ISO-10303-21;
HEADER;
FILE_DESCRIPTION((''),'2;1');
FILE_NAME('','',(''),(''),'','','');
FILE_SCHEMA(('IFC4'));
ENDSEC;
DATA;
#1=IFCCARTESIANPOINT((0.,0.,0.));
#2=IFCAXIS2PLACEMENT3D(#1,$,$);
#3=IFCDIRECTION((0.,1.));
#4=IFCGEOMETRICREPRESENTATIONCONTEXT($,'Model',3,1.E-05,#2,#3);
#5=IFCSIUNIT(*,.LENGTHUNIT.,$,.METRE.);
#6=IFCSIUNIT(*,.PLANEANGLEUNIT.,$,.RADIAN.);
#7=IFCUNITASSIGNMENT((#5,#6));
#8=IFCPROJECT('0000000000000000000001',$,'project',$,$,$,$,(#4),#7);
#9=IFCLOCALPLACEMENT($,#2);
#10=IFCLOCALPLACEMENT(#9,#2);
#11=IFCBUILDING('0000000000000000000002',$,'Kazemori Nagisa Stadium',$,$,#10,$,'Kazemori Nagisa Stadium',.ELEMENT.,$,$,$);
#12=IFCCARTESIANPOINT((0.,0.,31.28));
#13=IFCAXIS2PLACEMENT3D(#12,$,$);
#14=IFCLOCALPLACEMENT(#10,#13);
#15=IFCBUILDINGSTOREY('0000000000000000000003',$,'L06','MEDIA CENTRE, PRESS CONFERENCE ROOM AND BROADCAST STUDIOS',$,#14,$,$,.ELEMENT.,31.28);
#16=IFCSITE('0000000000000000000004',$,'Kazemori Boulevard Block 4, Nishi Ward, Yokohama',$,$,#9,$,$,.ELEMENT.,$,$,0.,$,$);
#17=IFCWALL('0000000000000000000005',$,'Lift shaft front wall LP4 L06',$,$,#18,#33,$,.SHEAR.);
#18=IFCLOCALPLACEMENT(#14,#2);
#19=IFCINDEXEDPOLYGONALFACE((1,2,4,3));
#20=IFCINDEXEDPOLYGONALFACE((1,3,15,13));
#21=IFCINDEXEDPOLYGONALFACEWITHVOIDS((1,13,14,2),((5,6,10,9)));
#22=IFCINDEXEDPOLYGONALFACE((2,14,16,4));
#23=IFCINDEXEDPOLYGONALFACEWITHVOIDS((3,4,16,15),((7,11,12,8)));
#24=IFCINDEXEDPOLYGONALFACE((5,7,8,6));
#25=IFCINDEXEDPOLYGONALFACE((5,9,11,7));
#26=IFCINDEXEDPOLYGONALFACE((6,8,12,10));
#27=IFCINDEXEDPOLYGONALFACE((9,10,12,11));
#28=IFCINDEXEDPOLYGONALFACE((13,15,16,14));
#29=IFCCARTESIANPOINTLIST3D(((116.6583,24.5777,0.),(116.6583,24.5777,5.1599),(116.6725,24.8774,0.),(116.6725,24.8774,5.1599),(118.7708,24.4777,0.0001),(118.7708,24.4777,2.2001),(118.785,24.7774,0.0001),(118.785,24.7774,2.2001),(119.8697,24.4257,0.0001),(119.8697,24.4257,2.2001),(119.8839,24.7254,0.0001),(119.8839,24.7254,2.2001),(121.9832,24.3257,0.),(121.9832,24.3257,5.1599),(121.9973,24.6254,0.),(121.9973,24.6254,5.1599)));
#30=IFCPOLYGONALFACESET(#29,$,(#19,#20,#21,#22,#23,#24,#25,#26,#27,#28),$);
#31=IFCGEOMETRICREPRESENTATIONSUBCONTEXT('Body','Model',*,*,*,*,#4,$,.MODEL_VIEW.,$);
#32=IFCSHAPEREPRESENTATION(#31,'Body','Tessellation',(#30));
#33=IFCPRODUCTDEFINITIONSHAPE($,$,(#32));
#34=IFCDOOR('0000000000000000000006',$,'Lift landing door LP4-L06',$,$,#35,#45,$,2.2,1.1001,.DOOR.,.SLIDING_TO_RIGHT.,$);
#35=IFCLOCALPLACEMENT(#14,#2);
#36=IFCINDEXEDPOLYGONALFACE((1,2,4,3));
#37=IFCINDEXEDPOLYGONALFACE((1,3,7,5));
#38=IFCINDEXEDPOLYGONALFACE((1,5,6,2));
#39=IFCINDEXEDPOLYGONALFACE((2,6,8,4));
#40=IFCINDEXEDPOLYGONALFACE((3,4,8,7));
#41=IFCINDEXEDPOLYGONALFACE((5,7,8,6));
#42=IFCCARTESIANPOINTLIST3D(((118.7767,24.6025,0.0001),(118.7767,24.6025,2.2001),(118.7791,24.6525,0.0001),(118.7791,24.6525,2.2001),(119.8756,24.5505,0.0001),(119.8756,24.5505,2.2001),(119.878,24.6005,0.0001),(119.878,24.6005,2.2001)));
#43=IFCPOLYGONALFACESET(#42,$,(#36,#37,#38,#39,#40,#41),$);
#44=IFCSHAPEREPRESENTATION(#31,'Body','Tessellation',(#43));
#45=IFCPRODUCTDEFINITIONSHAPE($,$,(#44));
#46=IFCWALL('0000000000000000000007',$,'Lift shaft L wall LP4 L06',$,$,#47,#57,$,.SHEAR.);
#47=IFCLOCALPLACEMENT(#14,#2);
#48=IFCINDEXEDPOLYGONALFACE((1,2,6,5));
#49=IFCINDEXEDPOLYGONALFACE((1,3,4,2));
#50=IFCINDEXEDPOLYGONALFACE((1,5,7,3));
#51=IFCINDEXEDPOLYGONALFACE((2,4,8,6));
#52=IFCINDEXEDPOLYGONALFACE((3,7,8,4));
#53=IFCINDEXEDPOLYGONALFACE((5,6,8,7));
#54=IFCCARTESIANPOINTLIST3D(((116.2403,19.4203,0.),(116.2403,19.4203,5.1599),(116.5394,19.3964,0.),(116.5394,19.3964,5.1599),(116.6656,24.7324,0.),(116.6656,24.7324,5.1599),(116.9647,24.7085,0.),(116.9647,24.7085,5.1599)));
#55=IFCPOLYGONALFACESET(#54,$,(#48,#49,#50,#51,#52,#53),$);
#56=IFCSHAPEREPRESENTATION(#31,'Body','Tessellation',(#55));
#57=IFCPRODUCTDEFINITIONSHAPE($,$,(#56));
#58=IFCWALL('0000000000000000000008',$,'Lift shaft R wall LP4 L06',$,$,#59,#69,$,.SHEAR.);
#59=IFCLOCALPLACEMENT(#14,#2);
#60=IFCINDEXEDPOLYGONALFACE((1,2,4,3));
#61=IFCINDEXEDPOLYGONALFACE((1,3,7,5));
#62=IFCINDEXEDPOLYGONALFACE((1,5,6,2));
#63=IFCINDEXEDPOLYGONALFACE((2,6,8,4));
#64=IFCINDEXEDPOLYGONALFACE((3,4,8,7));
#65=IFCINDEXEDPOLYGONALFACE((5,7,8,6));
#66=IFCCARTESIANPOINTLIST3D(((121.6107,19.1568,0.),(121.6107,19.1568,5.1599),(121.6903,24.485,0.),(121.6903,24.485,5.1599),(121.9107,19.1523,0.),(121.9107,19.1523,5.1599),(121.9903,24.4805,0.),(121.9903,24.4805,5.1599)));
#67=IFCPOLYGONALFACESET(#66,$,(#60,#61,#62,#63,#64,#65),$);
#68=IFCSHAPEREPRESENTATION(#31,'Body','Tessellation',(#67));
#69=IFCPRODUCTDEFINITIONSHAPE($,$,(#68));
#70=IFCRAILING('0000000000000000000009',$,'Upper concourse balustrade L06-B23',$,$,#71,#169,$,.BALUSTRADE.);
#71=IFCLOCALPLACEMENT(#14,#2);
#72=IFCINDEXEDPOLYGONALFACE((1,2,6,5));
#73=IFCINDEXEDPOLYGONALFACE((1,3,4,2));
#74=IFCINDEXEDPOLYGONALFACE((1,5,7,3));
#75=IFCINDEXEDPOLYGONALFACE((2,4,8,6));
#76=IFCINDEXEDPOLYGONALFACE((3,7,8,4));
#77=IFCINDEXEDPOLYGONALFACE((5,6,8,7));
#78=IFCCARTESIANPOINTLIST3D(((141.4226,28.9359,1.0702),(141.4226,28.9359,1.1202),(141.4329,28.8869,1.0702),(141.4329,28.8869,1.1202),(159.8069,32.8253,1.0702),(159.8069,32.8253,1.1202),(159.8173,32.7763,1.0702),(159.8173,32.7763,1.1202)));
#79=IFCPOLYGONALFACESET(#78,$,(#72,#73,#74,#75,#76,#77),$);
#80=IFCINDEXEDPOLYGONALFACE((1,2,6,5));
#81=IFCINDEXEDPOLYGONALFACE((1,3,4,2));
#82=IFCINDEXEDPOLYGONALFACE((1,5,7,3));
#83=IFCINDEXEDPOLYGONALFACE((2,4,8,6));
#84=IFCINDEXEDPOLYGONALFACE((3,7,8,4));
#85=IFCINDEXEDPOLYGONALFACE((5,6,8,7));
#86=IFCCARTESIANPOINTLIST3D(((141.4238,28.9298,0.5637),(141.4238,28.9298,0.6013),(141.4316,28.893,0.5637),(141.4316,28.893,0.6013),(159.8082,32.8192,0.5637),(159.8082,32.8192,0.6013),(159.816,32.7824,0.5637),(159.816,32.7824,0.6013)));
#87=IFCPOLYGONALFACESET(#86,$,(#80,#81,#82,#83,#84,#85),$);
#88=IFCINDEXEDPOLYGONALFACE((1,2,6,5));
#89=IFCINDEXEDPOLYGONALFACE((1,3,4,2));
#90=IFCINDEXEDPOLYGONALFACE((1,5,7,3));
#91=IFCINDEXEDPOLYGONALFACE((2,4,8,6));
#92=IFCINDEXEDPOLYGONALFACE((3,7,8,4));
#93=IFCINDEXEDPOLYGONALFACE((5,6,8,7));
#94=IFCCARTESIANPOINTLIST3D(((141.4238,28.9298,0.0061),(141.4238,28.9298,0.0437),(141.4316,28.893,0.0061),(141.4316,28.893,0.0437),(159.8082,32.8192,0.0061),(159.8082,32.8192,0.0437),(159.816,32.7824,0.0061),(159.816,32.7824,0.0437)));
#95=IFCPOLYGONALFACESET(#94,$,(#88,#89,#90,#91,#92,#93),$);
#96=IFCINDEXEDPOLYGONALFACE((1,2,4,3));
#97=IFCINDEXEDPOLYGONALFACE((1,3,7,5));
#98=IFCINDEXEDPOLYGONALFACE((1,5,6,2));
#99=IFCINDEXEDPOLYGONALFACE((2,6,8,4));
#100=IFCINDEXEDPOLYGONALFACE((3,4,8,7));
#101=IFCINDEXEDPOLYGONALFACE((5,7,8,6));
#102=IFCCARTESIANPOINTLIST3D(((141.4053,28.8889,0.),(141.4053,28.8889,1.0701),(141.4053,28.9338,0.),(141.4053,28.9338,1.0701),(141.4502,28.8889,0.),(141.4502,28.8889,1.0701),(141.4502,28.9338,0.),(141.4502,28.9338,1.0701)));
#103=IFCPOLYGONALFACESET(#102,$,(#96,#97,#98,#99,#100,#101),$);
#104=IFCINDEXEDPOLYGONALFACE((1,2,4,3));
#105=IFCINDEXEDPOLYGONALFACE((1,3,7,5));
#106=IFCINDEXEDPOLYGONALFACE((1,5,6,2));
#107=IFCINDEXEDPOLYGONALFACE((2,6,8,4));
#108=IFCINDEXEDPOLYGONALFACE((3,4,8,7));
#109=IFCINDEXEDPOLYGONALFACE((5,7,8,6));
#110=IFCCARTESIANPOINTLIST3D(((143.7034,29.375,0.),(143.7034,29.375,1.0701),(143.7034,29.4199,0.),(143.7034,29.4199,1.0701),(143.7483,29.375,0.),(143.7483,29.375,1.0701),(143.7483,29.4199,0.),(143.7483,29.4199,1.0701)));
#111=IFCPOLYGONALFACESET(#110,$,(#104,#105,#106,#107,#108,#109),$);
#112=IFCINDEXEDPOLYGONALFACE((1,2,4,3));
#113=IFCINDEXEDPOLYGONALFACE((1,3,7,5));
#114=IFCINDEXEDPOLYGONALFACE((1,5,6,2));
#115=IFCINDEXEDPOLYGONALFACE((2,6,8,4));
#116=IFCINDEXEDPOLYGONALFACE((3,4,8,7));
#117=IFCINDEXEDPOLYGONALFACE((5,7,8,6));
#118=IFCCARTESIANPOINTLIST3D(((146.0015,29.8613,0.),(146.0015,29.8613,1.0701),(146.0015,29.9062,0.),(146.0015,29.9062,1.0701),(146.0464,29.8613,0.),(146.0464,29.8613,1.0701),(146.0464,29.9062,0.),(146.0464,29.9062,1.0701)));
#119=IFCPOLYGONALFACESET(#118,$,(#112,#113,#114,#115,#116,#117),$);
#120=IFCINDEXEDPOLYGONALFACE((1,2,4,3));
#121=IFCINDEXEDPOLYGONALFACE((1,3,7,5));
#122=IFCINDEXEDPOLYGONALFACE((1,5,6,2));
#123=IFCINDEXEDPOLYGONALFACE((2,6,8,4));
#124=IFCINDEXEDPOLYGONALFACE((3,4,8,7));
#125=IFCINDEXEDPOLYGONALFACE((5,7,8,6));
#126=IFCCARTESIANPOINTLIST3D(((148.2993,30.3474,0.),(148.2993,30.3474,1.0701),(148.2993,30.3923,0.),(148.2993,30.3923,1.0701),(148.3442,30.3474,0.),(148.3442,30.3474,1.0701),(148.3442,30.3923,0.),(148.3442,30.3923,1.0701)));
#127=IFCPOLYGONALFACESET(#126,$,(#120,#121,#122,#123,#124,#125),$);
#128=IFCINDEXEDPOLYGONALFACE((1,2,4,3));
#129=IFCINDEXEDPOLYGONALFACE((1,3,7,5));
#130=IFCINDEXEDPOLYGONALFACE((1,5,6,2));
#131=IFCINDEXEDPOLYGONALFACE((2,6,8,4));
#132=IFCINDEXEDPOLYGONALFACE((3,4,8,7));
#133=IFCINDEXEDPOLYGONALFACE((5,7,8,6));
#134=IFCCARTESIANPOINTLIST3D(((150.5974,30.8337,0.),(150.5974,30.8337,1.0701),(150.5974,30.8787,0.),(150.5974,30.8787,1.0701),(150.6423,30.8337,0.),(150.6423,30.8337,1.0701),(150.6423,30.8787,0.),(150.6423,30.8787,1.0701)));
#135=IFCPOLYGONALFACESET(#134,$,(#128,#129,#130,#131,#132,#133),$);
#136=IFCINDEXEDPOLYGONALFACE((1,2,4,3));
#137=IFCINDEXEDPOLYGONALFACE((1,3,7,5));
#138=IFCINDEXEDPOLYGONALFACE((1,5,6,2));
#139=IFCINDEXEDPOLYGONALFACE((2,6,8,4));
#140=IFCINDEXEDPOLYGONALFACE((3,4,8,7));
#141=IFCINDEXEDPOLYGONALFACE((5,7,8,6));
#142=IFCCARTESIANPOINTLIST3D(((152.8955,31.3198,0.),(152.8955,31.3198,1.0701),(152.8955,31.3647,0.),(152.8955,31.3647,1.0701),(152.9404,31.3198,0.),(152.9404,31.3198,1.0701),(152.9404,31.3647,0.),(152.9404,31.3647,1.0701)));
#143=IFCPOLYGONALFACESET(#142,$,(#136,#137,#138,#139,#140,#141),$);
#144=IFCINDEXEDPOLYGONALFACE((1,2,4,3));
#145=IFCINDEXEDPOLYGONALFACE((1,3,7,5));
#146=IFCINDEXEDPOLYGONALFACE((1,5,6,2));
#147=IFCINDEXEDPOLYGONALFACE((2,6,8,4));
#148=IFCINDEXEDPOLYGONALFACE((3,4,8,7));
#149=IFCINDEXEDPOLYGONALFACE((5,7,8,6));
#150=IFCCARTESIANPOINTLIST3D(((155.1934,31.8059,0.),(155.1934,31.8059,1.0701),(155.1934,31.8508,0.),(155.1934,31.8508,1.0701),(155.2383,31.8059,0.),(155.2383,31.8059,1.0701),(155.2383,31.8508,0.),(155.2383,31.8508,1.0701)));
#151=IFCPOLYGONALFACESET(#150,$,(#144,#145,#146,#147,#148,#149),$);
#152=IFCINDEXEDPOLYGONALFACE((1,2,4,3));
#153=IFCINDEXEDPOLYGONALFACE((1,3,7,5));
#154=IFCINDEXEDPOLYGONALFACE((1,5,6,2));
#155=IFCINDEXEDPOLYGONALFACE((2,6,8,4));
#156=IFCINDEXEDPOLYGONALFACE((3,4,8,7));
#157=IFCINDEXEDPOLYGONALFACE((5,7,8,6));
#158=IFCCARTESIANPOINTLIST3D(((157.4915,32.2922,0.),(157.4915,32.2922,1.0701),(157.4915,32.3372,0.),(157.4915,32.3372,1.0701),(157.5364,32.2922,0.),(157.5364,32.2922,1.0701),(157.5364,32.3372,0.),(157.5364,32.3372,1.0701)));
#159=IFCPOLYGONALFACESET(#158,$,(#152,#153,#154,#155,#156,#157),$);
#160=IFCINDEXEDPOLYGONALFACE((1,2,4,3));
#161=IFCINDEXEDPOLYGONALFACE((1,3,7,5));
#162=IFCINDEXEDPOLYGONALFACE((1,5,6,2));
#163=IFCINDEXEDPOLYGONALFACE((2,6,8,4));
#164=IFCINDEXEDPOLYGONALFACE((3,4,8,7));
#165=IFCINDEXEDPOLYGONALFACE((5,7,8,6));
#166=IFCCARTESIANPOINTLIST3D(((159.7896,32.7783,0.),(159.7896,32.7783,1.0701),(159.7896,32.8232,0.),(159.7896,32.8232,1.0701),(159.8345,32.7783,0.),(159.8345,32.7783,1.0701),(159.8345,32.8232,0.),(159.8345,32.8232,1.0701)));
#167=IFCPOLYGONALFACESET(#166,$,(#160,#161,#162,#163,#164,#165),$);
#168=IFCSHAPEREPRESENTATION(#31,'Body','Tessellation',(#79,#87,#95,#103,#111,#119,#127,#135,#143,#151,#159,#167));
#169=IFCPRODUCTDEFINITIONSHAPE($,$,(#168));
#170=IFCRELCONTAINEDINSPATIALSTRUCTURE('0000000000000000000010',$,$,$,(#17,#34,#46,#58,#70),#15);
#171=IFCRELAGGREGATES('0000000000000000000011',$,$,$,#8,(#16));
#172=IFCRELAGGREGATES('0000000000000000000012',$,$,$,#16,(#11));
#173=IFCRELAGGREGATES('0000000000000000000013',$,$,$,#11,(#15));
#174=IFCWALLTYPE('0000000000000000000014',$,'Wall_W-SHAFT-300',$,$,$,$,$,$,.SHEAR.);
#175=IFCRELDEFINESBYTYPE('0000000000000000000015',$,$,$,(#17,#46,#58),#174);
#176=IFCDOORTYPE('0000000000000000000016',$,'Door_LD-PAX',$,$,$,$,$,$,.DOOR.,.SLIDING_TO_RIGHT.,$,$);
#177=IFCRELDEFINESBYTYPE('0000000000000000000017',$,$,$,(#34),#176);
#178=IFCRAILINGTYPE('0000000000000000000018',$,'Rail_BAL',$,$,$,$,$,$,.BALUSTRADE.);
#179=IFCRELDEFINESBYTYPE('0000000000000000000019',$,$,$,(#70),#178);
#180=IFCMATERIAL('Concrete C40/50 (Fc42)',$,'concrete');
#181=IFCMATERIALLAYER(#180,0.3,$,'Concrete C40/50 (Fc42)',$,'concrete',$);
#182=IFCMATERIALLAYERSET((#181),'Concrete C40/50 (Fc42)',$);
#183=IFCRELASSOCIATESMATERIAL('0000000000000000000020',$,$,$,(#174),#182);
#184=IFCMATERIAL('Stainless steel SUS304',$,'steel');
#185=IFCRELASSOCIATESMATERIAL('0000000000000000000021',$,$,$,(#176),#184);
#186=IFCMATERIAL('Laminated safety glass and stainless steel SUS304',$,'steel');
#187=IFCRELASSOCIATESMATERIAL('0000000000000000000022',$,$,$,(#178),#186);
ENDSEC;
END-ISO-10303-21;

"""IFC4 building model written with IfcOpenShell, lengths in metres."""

from ifc_helpers import new_model, si_unit, direction, frame, frame_2d, origin, origin_2d, place, context, subcontext, project, spatial, rectangle, extrude, material, layer, layer_set, type_object, element, fill, save


model = new_model("IFC4")

# Units and contexts
model_context = context("Model", 3, precision=1e-05, world=origin(), true_north=direction((0.0, 1.0)))
body_context = subcontext(model_context, "Body", "Model", "MODEL_VIEW")
ifc_project = project(units=[si_unit("LENGTHUNIT", "METRE"), si_unit("PLANEANGLEUNIT", "RADIAN")], contexts=[model_context])

# Site, building, storey
site_placement = place(None, origin())
site = spatial("IfcSite", under=ifc_project, at=site_placement, Name="Kazemori Boulevard Block 4, Nishi Ward, Yokohama", CompositionType="ELEMENT", RefElevation=0.0)
building_placement = place(site_placement, origin())
building = spatial("IfcBuilding", under=site, at=building_placement, Name="Kazemori Nagisa Stadium", LongName="Kazemori Nagisa Stadium", CompositionType="ELEMENT")
storey_placement = place(building_placement, frame((0.0, 0.0, 31.28)))
storey = spatial("IfcBuildingStorey", under=building, at=storey_placement, Name="L06", Description="MEDIA CENTRE, PRESS CONFERENCE ROOM AND BROADCAST STUDIOS", CompositionType="ELEMENT", Elevation=31.28)

# Shared definitions
ifc_material_1 = material(Name="Concrete C40/50 (Fc42)", Category="concrete")

# Wall, opening, door
ifc_layer_1 = layer(ifc_material_1, 0.3, Name="Concrete C40/50 (Fc42)", Category="concrete")
ifc_layer_set_1 = layer_set([ifc_layer_1], Name="Concrete C40/50 (Fc42)")
wall_type_1 = type_object("IfcWallType", Name="Wall_W-SHAFT-300", PredefinedType="SHEAR", material=ifc_layer_set_1)
wall_1_placement = place(storey_placement, frame((116.6653, 24.7275, 0.0), z_axis=(0.0, 0.0, 1.0), x_axis=(0.998882, -0.047263, 0.0)))
wall_1 = element("IfcWall", 1, at=wall_1_placement, inside=storey, type_object=wall_type_1, Name="Lift shaft front wall LP4 L06", PredefinedType="SHEAR", context=body_context, shape_type="SweptSolid", body=[
    extrude(rectangle(XDim=5.3308, YDim=0.3, at=frame_2d((2.6655, 0.0))), origin(), (0.0, 0.0, 1.0), 5.1599),
])
opening_1_placement = place(wall_1_placement, frame((2.115, 0.0, 0.0)))
opening_1 = element("IfcOpeningElement", 2, at=opening_1_placement, cuts=wall_1, PredefinedType="OPENING", context=body_context, shape_type="SweptSolid", body=[
    extrude(rectangle(XDim=1.1001, YDim=2.2, at=frame_2d((0.55, 1.1001))), frame((0.0, 0.1599, 0.0), z_axis=(0.0, -1.0, 0.0), x_axis=(1.0, 0.0, 0.0)), (0.0, 0.0, 1.0), 0.3201),
])
ifc_material_2 = material(Name="Stainless steel SUS304", Category="steel")
door_type_1 = type_object("IfcDoorType", Name="Door_LD-PAX", OperationType="SLIDING_TO_RIGHT", PredefinedType="DOOR", material=ifc_material_2)
door_1_placement = place(opening_1_placement, origin())
door_1 = element("IfcDoor", 3, at=door_1_placement, inside=storey, type_object=door_type_1, Name="Lift landing door LP4-L06", OperationType="SLIDING_TO_RIGHT", OverallHeight=2.2, OverallWidth=1.1001, PredefinedType="DOOR", context=body_context, shape_type="SweptSolid", body=[
    extrude(rectangle(XDim=1.1001, YDim=2.2, at=frame_2d((0.55, 1.1001))), frame((0.0, 0.0249, 0.0), z_axis=(0.0, -1.0, 0.0), x_axis=(1.0, 0.0, 0.0)), (0.0, 0.0, 1.0), 0.05),
])
fill(opening_1, door_1)

# Walls
wall_2_placement = place(storey_placement, frame((116.8152, 24.7205, 0.0), z_axis=(0.0, 0.0, 1.0), x_axis=(-0.079807, -0.99681, 0.0)))
element("IfcWall", 4, at=wall_2_placement, inside=storey, type_object=wall_type_1, Name="Lift shaft L wall LP4 L06", PredefinedType="SHEAR", context=body_context, shape_type="SweptSolid", body=[
    extrude(rectangle(XDim=5.3291, YDim=0.3, at=frame_2d((2.6646, 0.0))), origin(), (0.0, 0.0, 1.0), 5.1599),
])
wall_3_placement = place(storey_placement, frame((121.8403, 24.4829, 0.0), z_axis=(0.0, 0.0, 1.0), x_axis=(-0.014935, -0.999888, 0.0)))
element("IfcWall", 5, at=wall_3_placement, inside=storey, type_object=wall_type_1, Name="Lift shaft R wall LP4 L06", PredefinedType="SHEAR", context=body_context, shape_type="SweptSolid", body=[
    extrude(rectangle(XDim=5.3289, YDim=0.3, at=frame_2d((2.6646, 0.0))), origin(), (0.0, 0.0, 1.0), 5.1599),
])

# Railing
ifc_material_3 = material(Name="Laminated safety glass and stainless steel SUS304", Category="steel")
railing_type = type_object("IfcRailingType", Name="Rail_BAL", PredefinedType="BALUSTRADE", material=ifc_material_3)
railing_placement = place(storey_placement, frame((141.4277, 28.9114, 0.0)))
element("IfcRailing", 6, at=railing_placement, inside=storey, type_object=railing_type, Name="Upper concourse balustrade L06-B23", PredefinedType="BALUSTRADE", context=body_context, shape_type="SweptSolid", body=[
    extrude(rectangle(XDim=0.05, YDim=0.05, at=origin_2d()), frame((0.0, 0.0, 1.0952), z_axis=(0.978345, 0.20698, 0.0), x_axis=(-0.20698, 0.978345, 0.0)), (0.0, 0.0, 1.0), 18.7913),
    extrude(rectangle(XDim=0.0376, YDim=0.0376, at=origin_2d()), frame((0.0, 0.0, 0.5825), z_axis=(0.978345, 0.20698, 0.0), x_axis=(-0.20698, 0.978345, 0.0)), (0.0, 0.0, 1.0), 18.7913),
    extrude(rectangle(XDim=0.0376, YDim=0.0376, at=origin_2d()), frame((0.0, 0.0, 0.0249), z_axis=(0.978345, 0.20698, 0.0), x_axis=(-0.20698, 0.978345, 0.0)), (0.0, 0.0, 1.0), 18.7913),
    extrude(rectangle(XDim=0.0449, YDim=0.0449, at=origin_2d()), origin(), (0.0, 0.0, 1.0), 1.0701),
    extrude(rectangle(XDim=0.0449, YDim=0.0449, at=origin_2d()), frame((2.2981, 0.4861, 0.0)), (0.0, 0.0, 1.0), 1.0701),
    extrude(rectangle(XDim=0.0449, YDim=0.0449, at=origin_2d()), frame((4.5962, 0.9724, 0.0)), (0.0, 0.0, 1.0), 1.0701),
    extrude(rectangle(XDim=0.0449, YDim=0.0449, at=origin_2d()), frame((6.894, 1.4585, 0.0)), (0.0, 0.0, 1.0), 1.0701),
    extrude(rectangle(XDim=0.0449, YDim=0.0449, at=origin_2d()), frame((9.1921, 1.9448, 0.0)), (0.0, 0.0, 1.0), 1.0701),
    extrude(rectangle(XDim=0.0449, YDim=0.0449, at=origin_2d()), frame((11.4902, 2.4309, 0.0)), (0.0, 0.0, 1.0), 1.0701),
    extrude(rectangle(XDim=0.0449, YDim=0.0449, at=origin_2d()), frame((13.7881, 2.917, 0.0)), (0.0, 0.0, 1.0), 1.0701),
    extrude(rectangle(XDim=0.0449, YDim=0.0449, at=origin_2d()), frame((16.0862, 3.4033, 0.0)), (0.0, 0.0, 1.0), 1.0701),
    extrude(rectangle(XDim=0.0449, YDim=0.0449, at=origin_2d()), frame((18.3843, 3.8894, 0.0)), (0.0, 0.0, 1.0), 1.0701),
])

save(model, "model.ifc")
